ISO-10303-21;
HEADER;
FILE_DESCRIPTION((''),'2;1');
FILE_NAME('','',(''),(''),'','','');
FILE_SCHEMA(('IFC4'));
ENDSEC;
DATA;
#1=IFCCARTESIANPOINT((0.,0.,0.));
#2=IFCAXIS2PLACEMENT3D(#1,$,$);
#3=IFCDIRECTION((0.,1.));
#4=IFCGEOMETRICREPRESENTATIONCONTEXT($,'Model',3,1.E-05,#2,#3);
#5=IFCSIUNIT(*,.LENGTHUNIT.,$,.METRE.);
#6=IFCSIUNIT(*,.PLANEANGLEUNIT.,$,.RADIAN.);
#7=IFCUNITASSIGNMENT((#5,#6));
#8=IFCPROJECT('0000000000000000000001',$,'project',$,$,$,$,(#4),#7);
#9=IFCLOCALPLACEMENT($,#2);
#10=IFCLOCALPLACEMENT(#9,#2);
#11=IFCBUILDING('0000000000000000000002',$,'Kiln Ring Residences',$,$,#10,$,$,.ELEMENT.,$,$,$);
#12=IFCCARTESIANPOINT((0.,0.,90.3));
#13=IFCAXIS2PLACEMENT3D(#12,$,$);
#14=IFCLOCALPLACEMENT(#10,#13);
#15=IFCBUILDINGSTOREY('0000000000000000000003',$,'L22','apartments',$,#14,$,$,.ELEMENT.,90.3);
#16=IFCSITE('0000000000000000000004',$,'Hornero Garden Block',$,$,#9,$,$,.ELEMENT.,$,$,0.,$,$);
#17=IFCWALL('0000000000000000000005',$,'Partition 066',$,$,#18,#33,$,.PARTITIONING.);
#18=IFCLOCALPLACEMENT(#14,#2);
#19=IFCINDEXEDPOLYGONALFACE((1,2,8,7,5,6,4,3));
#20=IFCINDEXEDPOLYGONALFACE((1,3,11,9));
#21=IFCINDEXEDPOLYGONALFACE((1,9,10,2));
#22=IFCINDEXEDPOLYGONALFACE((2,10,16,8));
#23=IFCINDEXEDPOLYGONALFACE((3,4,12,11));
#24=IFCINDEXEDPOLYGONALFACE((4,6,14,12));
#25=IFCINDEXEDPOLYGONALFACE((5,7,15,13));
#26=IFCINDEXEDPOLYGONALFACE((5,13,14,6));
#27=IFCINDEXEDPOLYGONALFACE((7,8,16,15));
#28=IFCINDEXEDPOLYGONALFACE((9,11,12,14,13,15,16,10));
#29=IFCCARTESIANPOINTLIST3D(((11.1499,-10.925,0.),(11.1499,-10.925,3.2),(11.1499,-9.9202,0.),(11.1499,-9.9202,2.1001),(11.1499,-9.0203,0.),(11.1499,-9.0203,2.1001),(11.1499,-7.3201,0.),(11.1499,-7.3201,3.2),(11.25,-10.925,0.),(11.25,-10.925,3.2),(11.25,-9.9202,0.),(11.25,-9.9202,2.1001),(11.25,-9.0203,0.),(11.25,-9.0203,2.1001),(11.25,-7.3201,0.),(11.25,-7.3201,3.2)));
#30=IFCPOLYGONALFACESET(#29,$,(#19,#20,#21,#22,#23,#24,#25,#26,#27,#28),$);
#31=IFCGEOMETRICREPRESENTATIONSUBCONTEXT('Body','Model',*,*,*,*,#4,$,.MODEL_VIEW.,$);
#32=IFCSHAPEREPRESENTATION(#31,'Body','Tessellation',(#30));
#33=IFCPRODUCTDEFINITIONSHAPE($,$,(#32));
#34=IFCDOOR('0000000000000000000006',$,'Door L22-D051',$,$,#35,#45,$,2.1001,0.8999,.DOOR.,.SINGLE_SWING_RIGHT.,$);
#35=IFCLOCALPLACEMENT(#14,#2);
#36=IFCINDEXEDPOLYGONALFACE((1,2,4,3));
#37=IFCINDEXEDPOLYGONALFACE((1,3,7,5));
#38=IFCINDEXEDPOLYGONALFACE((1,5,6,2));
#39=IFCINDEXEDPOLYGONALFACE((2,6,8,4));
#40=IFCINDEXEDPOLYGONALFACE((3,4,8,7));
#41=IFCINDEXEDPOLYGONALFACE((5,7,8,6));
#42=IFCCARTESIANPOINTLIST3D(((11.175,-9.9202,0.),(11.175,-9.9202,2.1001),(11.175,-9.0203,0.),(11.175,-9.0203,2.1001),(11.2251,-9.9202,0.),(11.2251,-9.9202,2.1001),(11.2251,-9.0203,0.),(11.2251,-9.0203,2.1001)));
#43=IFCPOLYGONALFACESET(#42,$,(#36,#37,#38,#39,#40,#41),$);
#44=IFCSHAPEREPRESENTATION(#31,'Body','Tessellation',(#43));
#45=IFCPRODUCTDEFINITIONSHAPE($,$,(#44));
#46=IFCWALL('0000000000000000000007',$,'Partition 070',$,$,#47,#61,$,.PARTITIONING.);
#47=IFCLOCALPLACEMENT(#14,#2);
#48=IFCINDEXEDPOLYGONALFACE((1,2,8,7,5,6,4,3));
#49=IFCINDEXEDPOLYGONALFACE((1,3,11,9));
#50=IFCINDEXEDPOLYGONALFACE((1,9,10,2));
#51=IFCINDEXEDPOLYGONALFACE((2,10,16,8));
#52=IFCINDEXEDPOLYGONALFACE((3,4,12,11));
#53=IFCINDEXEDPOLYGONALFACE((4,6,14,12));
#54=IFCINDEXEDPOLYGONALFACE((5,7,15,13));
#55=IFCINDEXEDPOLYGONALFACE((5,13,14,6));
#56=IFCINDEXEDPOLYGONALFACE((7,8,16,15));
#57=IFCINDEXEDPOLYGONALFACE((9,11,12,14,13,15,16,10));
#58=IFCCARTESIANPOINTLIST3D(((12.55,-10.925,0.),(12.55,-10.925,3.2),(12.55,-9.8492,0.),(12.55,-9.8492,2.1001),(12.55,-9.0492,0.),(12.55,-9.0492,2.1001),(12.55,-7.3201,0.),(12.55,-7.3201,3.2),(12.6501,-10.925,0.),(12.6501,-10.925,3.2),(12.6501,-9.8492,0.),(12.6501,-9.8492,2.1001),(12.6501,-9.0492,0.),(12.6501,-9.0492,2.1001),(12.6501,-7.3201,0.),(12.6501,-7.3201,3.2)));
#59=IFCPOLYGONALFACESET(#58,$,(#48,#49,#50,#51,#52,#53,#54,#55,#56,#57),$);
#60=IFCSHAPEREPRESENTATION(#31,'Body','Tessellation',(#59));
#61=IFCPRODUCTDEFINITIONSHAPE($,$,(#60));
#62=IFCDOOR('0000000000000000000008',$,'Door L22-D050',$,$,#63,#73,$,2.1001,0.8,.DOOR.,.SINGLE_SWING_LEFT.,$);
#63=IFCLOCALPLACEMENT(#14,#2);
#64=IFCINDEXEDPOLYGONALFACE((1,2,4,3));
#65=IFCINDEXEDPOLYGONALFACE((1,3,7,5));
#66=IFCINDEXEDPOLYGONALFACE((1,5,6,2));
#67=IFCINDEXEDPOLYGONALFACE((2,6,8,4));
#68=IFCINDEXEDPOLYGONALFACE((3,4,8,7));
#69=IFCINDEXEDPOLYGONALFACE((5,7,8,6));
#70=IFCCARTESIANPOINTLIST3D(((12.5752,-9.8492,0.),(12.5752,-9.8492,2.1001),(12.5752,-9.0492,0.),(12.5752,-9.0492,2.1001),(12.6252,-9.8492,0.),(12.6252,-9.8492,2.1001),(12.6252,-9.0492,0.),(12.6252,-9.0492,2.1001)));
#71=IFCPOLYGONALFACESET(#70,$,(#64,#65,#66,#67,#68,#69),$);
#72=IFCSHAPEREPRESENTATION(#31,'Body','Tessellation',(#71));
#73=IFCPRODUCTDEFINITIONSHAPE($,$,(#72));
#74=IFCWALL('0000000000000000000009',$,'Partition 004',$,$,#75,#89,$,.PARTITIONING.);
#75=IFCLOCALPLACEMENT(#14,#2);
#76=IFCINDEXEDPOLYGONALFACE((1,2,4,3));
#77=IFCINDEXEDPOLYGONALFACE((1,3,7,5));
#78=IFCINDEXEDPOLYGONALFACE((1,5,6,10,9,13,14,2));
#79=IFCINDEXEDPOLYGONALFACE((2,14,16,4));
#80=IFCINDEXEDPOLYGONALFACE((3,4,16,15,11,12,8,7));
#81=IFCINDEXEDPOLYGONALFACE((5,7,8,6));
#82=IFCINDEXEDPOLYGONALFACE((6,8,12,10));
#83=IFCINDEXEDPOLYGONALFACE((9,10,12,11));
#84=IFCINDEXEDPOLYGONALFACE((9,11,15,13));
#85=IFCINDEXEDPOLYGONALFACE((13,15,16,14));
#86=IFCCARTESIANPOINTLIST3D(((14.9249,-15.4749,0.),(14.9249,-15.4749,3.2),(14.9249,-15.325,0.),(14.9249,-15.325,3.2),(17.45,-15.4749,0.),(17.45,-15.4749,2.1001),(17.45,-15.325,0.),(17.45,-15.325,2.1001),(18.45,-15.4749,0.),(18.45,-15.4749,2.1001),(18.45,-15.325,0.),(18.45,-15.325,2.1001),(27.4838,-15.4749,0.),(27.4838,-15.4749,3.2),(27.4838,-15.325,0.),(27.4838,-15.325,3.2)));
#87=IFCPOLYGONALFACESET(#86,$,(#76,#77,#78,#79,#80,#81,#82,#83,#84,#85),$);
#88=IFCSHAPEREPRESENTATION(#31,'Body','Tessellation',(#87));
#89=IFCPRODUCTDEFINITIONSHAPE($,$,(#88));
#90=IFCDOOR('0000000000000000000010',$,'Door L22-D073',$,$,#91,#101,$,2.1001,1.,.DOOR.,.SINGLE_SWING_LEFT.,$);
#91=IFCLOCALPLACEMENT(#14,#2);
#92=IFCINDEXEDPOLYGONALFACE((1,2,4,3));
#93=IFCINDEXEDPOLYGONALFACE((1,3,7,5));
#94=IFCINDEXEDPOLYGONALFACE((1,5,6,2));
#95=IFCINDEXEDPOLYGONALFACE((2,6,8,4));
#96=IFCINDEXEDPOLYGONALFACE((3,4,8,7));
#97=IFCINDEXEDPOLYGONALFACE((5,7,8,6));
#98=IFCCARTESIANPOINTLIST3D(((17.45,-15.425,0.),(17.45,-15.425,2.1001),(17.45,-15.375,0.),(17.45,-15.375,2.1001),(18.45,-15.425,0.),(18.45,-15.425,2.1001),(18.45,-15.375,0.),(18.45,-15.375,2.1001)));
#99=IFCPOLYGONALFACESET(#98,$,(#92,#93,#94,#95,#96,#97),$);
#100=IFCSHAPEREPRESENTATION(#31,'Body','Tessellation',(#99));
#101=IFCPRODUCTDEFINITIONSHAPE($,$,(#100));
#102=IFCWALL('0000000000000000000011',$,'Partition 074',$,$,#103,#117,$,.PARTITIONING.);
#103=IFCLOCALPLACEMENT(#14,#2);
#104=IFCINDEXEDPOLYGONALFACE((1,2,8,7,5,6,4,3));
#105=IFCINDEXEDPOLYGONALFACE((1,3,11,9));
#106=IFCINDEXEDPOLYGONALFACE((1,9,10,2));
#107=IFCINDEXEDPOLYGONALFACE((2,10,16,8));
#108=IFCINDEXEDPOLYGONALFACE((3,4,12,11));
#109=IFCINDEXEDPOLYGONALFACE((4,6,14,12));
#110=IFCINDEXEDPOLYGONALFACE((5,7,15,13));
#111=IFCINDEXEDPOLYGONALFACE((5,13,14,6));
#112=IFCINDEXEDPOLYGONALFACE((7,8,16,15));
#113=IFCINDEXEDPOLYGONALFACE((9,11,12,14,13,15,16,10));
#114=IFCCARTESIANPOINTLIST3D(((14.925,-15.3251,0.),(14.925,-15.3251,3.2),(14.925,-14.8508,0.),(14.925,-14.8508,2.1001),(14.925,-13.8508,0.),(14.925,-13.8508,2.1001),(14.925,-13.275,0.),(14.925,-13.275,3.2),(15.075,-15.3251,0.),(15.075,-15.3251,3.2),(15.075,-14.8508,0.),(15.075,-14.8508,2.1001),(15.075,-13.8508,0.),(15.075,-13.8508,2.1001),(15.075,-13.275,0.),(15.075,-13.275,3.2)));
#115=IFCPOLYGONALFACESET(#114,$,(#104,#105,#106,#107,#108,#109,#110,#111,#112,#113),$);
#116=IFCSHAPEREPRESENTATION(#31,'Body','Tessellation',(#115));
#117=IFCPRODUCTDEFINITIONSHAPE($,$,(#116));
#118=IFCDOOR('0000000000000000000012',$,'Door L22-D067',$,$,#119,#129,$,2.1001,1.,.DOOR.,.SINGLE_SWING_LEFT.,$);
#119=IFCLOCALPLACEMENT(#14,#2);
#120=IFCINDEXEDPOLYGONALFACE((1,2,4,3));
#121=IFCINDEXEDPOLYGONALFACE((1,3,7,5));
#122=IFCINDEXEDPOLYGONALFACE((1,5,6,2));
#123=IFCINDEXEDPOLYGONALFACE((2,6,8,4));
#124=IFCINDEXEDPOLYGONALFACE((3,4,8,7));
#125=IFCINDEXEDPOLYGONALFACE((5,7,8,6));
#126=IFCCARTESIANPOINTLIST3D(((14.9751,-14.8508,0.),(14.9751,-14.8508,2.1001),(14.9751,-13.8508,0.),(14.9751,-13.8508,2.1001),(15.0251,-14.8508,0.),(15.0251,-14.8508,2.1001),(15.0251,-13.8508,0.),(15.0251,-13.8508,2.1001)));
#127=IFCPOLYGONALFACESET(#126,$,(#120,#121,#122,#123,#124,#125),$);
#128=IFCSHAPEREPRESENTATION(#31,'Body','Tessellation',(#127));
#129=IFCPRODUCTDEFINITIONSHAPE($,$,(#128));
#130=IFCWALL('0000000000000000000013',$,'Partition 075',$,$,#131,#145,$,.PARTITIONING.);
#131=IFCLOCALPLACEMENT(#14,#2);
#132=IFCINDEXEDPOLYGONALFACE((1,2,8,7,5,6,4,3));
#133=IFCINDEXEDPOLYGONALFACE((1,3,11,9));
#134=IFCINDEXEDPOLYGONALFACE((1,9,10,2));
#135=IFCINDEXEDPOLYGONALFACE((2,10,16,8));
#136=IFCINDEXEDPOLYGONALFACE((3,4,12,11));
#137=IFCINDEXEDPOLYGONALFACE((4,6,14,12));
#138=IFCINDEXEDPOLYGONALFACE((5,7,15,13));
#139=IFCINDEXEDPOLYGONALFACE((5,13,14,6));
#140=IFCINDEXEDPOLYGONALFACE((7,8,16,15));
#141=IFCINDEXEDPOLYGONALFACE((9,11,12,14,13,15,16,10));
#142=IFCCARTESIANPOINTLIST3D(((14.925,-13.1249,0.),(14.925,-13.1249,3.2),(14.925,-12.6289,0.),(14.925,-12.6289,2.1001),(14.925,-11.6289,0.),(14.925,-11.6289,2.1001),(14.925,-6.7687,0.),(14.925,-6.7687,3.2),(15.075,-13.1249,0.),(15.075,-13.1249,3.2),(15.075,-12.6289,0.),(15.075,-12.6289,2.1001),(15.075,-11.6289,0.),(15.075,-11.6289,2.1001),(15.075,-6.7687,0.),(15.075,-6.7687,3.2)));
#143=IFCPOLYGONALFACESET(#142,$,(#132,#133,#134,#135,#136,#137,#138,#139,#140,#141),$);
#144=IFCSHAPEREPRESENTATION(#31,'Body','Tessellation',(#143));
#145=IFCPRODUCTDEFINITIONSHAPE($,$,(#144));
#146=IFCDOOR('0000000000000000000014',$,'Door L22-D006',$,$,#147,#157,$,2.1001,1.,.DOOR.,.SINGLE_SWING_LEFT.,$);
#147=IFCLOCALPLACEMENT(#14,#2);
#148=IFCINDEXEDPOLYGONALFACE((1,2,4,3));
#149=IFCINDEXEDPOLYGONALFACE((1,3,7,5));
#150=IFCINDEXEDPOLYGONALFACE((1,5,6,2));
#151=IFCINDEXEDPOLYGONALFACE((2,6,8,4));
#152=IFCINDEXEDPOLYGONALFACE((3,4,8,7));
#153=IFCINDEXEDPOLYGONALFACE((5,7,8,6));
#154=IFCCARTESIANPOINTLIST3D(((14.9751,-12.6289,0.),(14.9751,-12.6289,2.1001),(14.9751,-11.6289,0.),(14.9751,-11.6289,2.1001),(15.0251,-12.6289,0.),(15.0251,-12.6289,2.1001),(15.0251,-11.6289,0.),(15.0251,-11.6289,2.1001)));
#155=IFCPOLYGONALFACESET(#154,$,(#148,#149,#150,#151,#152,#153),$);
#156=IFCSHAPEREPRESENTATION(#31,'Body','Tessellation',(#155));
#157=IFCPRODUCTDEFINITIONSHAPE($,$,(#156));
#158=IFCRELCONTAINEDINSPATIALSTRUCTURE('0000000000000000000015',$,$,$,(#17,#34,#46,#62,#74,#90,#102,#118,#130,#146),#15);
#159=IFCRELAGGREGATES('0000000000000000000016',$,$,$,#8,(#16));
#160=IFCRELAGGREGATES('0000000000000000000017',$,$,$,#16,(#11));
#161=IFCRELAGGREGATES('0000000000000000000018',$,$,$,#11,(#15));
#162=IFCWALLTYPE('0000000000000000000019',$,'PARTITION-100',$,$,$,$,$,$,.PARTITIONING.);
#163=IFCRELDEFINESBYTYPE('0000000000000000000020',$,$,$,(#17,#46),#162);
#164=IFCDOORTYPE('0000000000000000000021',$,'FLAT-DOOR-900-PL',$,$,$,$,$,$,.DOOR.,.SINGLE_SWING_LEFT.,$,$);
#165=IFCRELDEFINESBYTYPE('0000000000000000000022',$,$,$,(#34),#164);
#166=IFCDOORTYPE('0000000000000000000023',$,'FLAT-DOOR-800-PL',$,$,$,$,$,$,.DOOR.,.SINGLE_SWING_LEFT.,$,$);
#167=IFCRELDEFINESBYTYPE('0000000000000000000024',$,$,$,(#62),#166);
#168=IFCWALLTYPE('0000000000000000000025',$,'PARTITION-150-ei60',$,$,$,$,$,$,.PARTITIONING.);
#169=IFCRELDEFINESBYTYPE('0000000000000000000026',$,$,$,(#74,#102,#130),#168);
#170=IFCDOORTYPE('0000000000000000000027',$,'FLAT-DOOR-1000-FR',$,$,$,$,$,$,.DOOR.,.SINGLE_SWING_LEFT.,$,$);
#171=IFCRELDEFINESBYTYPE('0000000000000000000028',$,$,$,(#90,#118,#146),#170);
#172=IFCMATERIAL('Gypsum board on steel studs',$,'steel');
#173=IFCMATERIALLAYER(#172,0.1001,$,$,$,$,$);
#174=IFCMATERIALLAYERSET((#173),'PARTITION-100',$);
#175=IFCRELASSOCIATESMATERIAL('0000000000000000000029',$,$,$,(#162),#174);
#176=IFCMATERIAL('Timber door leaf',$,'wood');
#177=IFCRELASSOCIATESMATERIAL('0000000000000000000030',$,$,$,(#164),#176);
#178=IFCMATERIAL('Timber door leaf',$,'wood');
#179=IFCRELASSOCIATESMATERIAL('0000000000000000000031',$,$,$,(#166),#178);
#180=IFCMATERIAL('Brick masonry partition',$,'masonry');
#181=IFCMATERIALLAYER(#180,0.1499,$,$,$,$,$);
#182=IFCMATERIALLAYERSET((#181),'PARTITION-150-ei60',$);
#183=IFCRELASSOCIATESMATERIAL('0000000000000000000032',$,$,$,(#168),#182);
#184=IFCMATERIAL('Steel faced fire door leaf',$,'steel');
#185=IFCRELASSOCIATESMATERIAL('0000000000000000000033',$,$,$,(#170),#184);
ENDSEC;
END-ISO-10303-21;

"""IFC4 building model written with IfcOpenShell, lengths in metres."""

from ifc_helpers import new_model, si_unit, direction, frame, frame_2d, origin, place, context, subcontext, project, spatial, rectangle, extrude, material, layer, layer_set, type_object, element, fill, save


model = new_model("IFC4")

# Units and contexts
model_context = context("Model", 3, precision=1e-05, world=origin(), true_north=direction((0.0, 1.0)))
body_context = subcontext(model_context, "Body", "Model", "MODEL_VIEW")
ifc_project = project(units=[si_unit("LENGTHUNIT", "METRE"), si_unit("PLANEANGLEUNIT", "RADIAN")], contexts=[model_context])

# Site, building, storey
site_placement = place(None, origin())
site = spatial("IfcSite", under=ifc_project, at=site_placement, Name="Hornero Garden Block", CompositionType="ELEMENT", RefElevation=0.0)
building_placement = place(site_placement, origin())
building = spatial("IfcBuilding", under=site, at=building_placement, Name="Kiln Ring Residences", CompositionType="ELEMENT")
storey_placement = place(building_placement, frame((0.0, 0.0, 90.3)))
storey = spatial("IfcBuildingStorey", under=building, at=storey_placement, Name="L22", Description="apartments", CompositionType="ELEMENT", Elevation=90.3)

# Walls, openings, doors
ifc_material_1 = material(Name="Gypsum board on steel studs", Category="steel")
ifc_layer_1 = layer(ifc_material_1, 0.1001)
ifc_layer_set_1 = layer_set([ifc_layer_1], Name="PARTITION-100")
wall_type_1 = type_object("IfcWallType", Name="PARTITION-100", PredefinedType="PARTITIONING", material=ifc_layer_set_1)
wall_1_placement = place(storey_placement, frame((11.2, -10.925, 0.0), z_axis=(0.0, 0.0, 1.0), x_axis=(0.0, 1.0, 0.0)))
wall_1 = element("IfcWall", 1, at=wall_1_placement, inside=storey, type_object=wall_type_1, Name="Partition 066", PredefinedType="PARTITIONING", context=body_context, shape_type="SweptSolid", body=[
    extrude(rectangle(XDim=3.605, YDim=0.1001, at=frame_2d((1.8025, 0.0))), origin(), (0.0, 0.0, 1.0), 3.2),
])
opening_1_placement = place(wall_1_placement, frame((1.0049, 0.0, 0.0)))
opening_1 = element("IfcOpeningElement", 2, at=opening_1_placement, cuts=wall_1, PredefinedType="OPENING", context=body_context, shape_type="SweptSolid", body=[
    extrude(rectangle(XDim=0.8999, YDim=2.1001, at=frame_2d((0.45, 1.05))), frame((0.0, 0.0601, 0.0), z_axis=(0.0, -1.0, 0.0), x_axis=(1.0, 0.0, 0.0)), (0.0, 0.0, 1.0), 0.1201),
])
ifc_material_2 = material(Name="Timber door leaf", Category="wood")
door_type_1 = type_object("IfcDoorType", Name="FLAT-DOOR-900-PL", OperationType="SINGLE_SWING_LEFT", PredefinedType="DOOR", material=ifc_material_2)
door_1_placement = place(opening_1_placement, origin())
door_1 = element("IfcDoor", 3, at=door_1_placement, inside=storey, type_object=door_type_1, Name="Door L22-D051", OperationType="SINGLE_SWING_RIGHT", OverallHeight=2.1001, OverallWidth=0.8999, PredefinedType="DOOR", context=body_context, shape_type="SweptSolid", body=[
    extrude(rectangle(XDim=0.8999, YDim=2.1001, at=frame_2d((0.45, 1.05))), frame((0.0, 0.0249, 0.0), z_axis=(0.0, -1.0, 0.0), x_axis=(1.0, 0.0, 0.0)), (0.0, 0.0, 1.0), 0.05),
])
fill(opening_1, door_1)
wall_2_placement = place(storey_placement, frame((12.6001, -10.925, 0.0), z_axis=(0.0, 0.0, 1.0), x_axis=(0.0, 1.0, 0.0)))
wall_2 = element("IfcWall", 4, at=wall_2_placement, inside=storey, type_object=wall_type_1, Name="Partition 070", PredefinedType="PARTITIONING", context=body_context, shape_type="SweptSolid", body=[
    extrude(rectangle(XDim=3.605, YDim=0.1001, at=frame_2d((1.8025, 0.0))), origin(), (0.0, 0.0, 1.0), 3.2),
])
opening_2_placement = place(wall_2_placement, frame((1.0759, 0.0, 0.0)))
opening_2 = element("IfcOpeningElement", 5, at=opening_2_placement, cuts=wall_2, PredefinedType="OPENING", context=body_context, shape_type="SweptSolid", body=[
    extrude(rectangle(XDim=0.8, YDim=2.1001, at=frame_2d((0.3999, 1.05))), frame((0.0, 0.0601, 0.0), z_axis=(0.0, -1.0, 0.0), x_axis=(1.0, 0.0, 0.0)), (0.0, 0.0, 1.0), 0.1201),
])
ifc_material_3 = material(Name="Timber door leaf", Category="wood")
door_type_2 = type_object("IfcDoorType", Name="FLAT-DOOR-800-PL", OperationType="SINGLE_SWING_LEFT", PredefinedType="DOOR", material=ifc_material_3)
door_2_placement = place(opening_2_placement, origin())
door_2 = element("IfcDoor", 6, at=door_2_placement, inside=storey, type_object=door_type_2, Name="Door L22-D050", OperationType="SINGLE_SWING_LEFT", OverallHeight=2.1001, OverallWidth=0.8, PredefinedType="DOOR", context=body_context, shape_type="SweptSolid", body=[
    extrude(rectangle(XDim=0.8, YDim=2.1001, at=frame_2d((0.3999, 1.05))), frame((0.0, 0.0249, 0.0), z_axis=(0.0, -1.0, 0.0), x_axis=(1.0, 0.0, 0.0)), (0.0, 0.0, 1.0), 0.05),
])
fill(opening_2, door_2)
ifc_material_4 = material(Name="Brick masonry partition", Category="masonry")
ifc_layer_2 = layer(ifc_material_4, 0.1499)
ifc_layer_set_2 = layer_set([ifc_layer_2], Name="PARTITION-150-ei60")
wall_type_2 = type_object("IfcWallType", Name="PARTITION-150-ei60", PredefinedType="PARTITIONING", material=ifc_layer_set_2)
wall_3_placement = place(storey_placement, frame((14.925, -15.3999, 0.0), z_axis=(0.0, 0.0, 1.0), x_axis=(1.0, 0.0, 0.0)))
wall_3 = element("IfcWall", 7, at=wall_3_placement, inside=storey, type_object=wall_type_2, Name="Partition 004", PredefinedType="PARTITIONING", context=body_context, shape_type="SweptSolid", body=[
    extrude(rectangle(XDim=12.5588, YDim=0.1499, at=frame_2d((6.2793, 0.0))), origin(), (0.0, 0.0, 1.0), 3.2),
])
opening_3_placement = place(wall_3_placement, frame((2.5249, 0.0, 0.0)))
opening_3 = element("IfcOpeningElement", 8, at=opening_3_placement, cuts=wall_3, PredefinedType="OPENING", context=body_context, shape_type="SweptSolid", body=[
    extrude(rectangle(XDim=1.0, YDim=2.1001, at=frame_2d((0.5, 1.05))), frame((0.0, 0.085, 0.0), z_axis=(0.0, -1.0, 0.0), x_axis=(1.0, 0.0, 0.0)), (0.0, 0.0, 1.0), 0.1699),
])
ifc_material_5 = material(Name="Steel faced fire door leaf", Category="steel")
door_type_3 = type_object("IfcDoorType", Name="FLAT-DOOR-1000-FR", OperationType="SINGLE_SWING_LEFT", PredefinedType="DOOR", material=ifc_material_5)
door_3_placement = place(opening_3_placement, origin())
door_3 = element("IfcDoor", 9, at=door_3_placement, inside=storey, type_object=door_type_3, Name="Door L22-D073", OperationType="SINGLE_SWING_LEFT", OverallHeight=2.1001, OverallWidth=1.0, PredefinedType="DOOR", context=body_context, shape_type="SweptSolid", body=[
    extrude(rectangle(XDim=1.0, YDim=2.1001, at=frame_2d((0.5, 1.05))), frame((0.0, 0.0249, 0.0), z_axis=(0.0, -1.0, 0.0), x_axis=(1.0, 0.0, 0.0)), (0.0, 0.0, 1.0), 0.05),
])
fill(opening_3, door_3)
wall_4_placement = place(storey_placement, frame((15.0, -15.325, 0.0), z_axis=(0.0, 0.0, 1.0), x_axis=(0.0, 1.0, 0.0)))
wall_4 = element("IfcWall", 10, at=wall_4_placement, inside=storey, type_object=wall_type_2, Name="Partition 074", PredefinedType="PARTITIONING", context=body_context, shape_type="SweptSolid", body=[
    extrude(rectangle(XDim=2.05, YDim=0.1499, at=frame_2d((1.0249, 0.0))), origin(), (0.0, 0.0, 1.0), 3.2),
])
opening_4_placement = place(wall_4_placement, frame((0.4741, 0.0, 0.0)))
opening_4 = element("IfcOpeningElement", 11, at=opening_4_placement, cuts=wall_4, PredefinedType="OPENING", context=body_context, shape_type="SweptSolid", body=[
    extrude(rectangle(XDim=1.0, YDim=2.1001, at=frame_2d((0.5, 1.05))), frame((0.0, 0.085, 0.0), z_axis=(0.0, -1.0, 0.0), x_axis=(1.0, 0.0, 0.0)), (0.0, 0.0, 1.0), 0.1699),
])
door_4_placement = place(opening_4_placement, origin())
door_4 = element("IfcDoor", 12, at=door_4_placement, inside=storey, type_object=door_type_3, Name="Door L22-D067", OperationType="SINGLE_SWING_LEFT", OverallHeight=2.1001, OverallWidth=1.0, PredefinedType="DOOR", context=body_context, shape_type="SweptSolid", body=[
    extrude(rectangle(XDim=1.0, YDim=2.1001, at=frame_2d((0.5, 1.05))), frame((0.0, 0.0249, 0.0), z_axis=(0.0, -1.0, 0.0), x_axis=(1.0, 0.0, 0.0)), (0.0, 0.0, 1.0), 0.05),
])
fill(opening_4, door_4)
wall_5_placement = place(storey_placement, frame((15.0, -13.125, 0.0), z_axis=(0.0, 0.0, 1.0), x_axis=(0.0, 1.0, 0.0)))
wall_5 = element("IfcWall", 13, at=wall_5_placement, inside=storey, type_object=wall_type_2, Name="Partition 075", PredefinedType="PARTITIONING", context=body_context, shape_type="SweptSolid", body=[
    extrude(rectangle(XDim=6.3562, YDim=0.1499, at=frame_2d((3.1782, 0.0))), origin(), (0.0, 0.0, 1.0), 3.2),
])
opening_5_placement = place(wall_5_placement, frame((0.4961, 0.0, 0.0)))
opening_5 = element("IfcOpeningElement", 14, at=opening_5_placement, cuts=wall_5, PredefinedType="OPENING", context=body_context, shape_type="SweptSolid", body=[
    extrude(rectangle(XDim=1.0, YDim=2.1001, at=frame_2d((0.5, 1.05))), frame((0.0, 0.085, 0.0), z_axis=(0.0, -1.0, 0.0), x_axis=(1.0, 0.0, 0.0)), (0.0, 0.0, 1.0), 0.1699),
])
door_5_placement = place(opening_5_placement, origin())
door_5 = element("IfcDoor", 15, at=door_5_placement, inside=storey, type_object=door_type_3, Name="Door L22-D006", OperationType="SINGLE_SWING_LEFT", OverallHeight=2.1001, OverallWidth=1.0, PredefinedType="DOOR", context=body_context, shape_type="SweptSolid", body=[
    extrude(rectangle(XDim=1.0, YDim=2.1001, at=frame_2d((0.5, 1.05))), frame((0.0, 0.0249, 0.0), z_axis=(0.0, -1.0, 0.0), x_axis=(1.0, 0.0, 0.0)), (0.0, 0.0, 1.0), 0.05),
])
fill(opening_5, door_5)

save(model, "model.ifc")
